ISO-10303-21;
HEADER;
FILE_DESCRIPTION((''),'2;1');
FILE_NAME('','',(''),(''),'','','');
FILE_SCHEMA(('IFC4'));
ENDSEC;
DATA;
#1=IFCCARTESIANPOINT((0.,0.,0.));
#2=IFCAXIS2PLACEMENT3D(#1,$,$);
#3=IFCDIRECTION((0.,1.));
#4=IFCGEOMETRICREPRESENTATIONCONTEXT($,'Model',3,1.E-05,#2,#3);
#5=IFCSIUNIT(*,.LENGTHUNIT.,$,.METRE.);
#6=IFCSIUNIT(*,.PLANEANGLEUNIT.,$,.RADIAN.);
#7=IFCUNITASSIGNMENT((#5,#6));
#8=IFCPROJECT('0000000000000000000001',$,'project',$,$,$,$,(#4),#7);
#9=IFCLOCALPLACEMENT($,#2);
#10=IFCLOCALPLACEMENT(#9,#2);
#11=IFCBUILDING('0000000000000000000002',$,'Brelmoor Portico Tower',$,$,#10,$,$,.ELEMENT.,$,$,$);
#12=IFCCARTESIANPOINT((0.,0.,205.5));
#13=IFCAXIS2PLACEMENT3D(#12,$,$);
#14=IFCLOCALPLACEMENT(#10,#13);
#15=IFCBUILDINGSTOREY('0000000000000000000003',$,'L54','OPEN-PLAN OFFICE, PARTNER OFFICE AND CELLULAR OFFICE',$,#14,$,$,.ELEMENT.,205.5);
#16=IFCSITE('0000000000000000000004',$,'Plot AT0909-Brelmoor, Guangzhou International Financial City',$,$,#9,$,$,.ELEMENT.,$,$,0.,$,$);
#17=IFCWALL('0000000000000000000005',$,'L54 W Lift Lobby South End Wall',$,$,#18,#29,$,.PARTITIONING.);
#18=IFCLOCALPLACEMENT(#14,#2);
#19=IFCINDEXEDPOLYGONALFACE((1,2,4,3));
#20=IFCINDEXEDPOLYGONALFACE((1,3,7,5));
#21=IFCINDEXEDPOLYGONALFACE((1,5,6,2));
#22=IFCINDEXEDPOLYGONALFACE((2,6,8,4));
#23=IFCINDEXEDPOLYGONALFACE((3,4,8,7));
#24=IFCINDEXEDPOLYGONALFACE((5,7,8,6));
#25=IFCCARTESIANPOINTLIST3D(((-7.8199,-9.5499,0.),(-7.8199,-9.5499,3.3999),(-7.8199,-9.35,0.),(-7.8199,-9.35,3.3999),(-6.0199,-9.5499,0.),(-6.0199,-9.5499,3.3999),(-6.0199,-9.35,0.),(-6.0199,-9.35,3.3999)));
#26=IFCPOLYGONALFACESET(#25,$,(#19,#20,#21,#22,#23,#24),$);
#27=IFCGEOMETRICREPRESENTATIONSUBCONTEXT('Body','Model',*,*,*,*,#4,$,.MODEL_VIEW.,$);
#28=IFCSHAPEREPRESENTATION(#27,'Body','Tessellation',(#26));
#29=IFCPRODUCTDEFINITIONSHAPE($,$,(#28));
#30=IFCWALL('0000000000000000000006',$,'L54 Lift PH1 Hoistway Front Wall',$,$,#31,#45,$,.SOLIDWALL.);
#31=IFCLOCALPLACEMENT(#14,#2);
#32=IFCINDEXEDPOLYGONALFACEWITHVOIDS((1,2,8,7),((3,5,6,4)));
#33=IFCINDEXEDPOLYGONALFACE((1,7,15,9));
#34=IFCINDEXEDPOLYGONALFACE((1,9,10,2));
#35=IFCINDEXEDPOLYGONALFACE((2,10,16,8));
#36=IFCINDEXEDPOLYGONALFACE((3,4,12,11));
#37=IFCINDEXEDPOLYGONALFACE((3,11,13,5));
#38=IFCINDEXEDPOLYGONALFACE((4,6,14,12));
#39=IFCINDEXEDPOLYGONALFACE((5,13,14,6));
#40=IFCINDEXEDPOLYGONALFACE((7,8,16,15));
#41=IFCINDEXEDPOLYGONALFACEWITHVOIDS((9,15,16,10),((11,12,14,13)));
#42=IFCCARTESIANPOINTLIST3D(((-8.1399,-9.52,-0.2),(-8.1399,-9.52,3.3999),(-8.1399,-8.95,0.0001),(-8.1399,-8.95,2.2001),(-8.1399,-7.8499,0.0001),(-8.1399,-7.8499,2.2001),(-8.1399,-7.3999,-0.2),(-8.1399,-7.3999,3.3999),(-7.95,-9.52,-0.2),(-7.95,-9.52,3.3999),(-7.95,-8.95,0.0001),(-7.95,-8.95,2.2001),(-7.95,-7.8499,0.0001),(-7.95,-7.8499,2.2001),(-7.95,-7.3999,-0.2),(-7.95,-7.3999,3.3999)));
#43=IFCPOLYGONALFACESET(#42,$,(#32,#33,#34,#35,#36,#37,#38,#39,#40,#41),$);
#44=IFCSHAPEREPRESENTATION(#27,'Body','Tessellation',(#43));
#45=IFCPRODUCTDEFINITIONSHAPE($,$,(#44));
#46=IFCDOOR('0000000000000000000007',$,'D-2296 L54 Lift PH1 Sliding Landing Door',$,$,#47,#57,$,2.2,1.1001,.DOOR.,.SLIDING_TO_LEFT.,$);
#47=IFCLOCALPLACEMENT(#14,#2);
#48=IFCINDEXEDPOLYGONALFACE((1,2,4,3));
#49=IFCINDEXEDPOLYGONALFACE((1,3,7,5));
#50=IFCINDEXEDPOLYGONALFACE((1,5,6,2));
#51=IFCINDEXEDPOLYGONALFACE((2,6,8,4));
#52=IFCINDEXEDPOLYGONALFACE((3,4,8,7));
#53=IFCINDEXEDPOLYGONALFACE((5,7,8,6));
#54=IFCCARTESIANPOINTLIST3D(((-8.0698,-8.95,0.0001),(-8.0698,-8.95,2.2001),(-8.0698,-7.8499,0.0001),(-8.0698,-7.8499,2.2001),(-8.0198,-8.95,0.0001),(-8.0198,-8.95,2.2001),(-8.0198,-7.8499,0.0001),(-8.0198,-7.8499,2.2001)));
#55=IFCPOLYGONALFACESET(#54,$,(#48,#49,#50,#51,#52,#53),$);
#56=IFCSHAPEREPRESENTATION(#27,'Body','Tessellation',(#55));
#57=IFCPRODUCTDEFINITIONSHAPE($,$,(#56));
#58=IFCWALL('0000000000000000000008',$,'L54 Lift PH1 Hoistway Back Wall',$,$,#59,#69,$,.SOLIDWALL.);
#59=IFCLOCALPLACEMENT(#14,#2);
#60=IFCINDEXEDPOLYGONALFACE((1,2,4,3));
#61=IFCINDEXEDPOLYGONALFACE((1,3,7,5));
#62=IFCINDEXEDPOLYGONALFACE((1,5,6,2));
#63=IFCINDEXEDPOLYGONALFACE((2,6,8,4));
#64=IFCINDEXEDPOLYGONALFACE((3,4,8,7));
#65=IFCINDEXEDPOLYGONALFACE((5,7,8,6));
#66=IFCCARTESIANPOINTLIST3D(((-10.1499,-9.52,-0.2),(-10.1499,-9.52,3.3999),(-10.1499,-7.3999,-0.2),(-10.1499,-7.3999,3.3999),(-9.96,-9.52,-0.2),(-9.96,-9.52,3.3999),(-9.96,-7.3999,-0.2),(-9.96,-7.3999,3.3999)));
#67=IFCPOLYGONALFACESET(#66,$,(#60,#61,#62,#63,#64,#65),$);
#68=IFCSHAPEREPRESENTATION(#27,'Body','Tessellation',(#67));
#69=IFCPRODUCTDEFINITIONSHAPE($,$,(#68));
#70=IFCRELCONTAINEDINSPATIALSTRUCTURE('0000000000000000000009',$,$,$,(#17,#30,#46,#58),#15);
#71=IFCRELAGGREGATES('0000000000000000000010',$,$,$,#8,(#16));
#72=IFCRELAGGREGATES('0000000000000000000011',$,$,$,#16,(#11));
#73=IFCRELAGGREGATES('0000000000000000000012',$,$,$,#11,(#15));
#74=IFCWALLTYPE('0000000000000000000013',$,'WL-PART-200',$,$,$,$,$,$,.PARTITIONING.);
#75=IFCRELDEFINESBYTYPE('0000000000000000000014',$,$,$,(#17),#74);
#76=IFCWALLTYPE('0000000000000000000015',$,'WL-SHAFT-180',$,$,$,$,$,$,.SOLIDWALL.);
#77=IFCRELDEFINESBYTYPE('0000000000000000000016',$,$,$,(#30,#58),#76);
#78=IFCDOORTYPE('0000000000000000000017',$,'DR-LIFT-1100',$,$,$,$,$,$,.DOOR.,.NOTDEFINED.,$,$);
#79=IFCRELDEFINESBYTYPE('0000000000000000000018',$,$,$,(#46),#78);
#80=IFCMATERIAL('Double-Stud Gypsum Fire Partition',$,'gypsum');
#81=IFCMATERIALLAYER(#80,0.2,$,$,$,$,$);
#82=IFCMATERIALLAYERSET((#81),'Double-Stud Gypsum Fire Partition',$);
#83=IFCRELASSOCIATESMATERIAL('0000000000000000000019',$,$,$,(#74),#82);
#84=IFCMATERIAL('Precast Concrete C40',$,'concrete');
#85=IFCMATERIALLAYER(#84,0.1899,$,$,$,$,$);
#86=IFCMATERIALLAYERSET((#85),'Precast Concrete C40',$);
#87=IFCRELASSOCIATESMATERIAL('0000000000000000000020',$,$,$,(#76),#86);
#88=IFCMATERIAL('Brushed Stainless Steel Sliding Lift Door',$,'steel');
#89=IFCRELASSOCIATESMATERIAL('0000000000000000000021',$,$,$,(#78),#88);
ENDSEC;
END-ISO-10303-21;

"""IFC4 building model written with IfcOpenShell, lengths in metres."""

from ifc_helpers import new_model, si_unit, direction, frame, frame_2d, origin, place, context, subcontext, project, spatial, rectangle, extrude, material, layer, layer_set, type_object, element, fill, save


model = new_model("IFC4")

# Units and contexts
model_context = context("Model", 3, precision=1e-05, world=origin(), true_north=direction((0.0, 1.0)))
body_context = subcontext(model_context, "Body", "Model", "MODEL_VIEW")
ifc_project = project(units=[si_unit("LENGTHUNIT", "METRE"), si_unit("PLANEANGLEUNIT", "RADIAN")], contexts=[model_context])

# Site, building, storey
site_placement = place(None, origin())
site = spatial("IfcSite", under=ifc_project, at=site_placement, Name="Plot AT0909-Brelmoor, Guangzhou International Financial City", CompositionType="ELEMENT", RefElevation=0.0)
building_placement = place(site_placement, origin())
building = spatial("IfcBuilding", under=site, at=building_placement, Name="Brelmoor Portico Tower", CompositionType="ELEMENT")
storey_placement = place(building_placement, frame((0.0, 0.0, 205.5)))
storey = spatial("IfcBuildingStorey", under=building, at=storey_placement, Name="L54", Description="OPEN-PLAN OFFICE, PARTNER OFFICE AND CELLULAR OFFICE", CompositionType="ELEMENT", Elevation=205.5)

# Wall
ifc_material_1 = material(Name="Double-Stud Gypsum Fire Partition", Category="gypsum")
ifc_layer_1 = layer(ifc_material_1, 0.2)
ifc_layer_set_1 = layer_set([ifc_layer_1], Name="Double-Stud Gypsum Fire Partition")
wall_type_1 = type_object("IfcWallType", Name="WL-PART-200", PredefinedType="PARTITIONING", material=ifc_layer_set_1)
wall_1_placement = place(storey_placement, frame((-6.02, -9.45, 0.0), z_axis=(0.0, 0.0, 1.0), x_axis=(-1.0, 0.0, 0.0)))
element("IfcWall", 1, at=wall_1_placement, inside=storey, type_object=wall_type_1, Name="L54 W Lift Lobby South End Wall", PredefinedType="PARTITIONING", context=body_context, shape_type="SweptSolid", body=[
    extrude(rectangle(XDim=1.8, YDim=0.2, at=frame_2d((0.8999, 0.0))), origin(), (0.0, 0.0, 1.0), 3.3999),
])

# Wall, opening, door
ifc_material_2 = material(Name="Precast Concrete C40", Category="concrete")
ifc_layer_2 = layer(ifc_material_2, 0.1899)
ifc_layer_set_2 = layer_set([ifc_layer_2], Name="Precast Concrete C40")
wall_type_2 = type_object("IfcWallType", Name="WL-SHAFT-180", PredefinedType="SOLIDWALL", material=ifc_layer_set_2)
wall_2_placement = place(storey_placement, frame((-8.0449, -9.52, -0.2), z_axis=(0.0, 0.0, 1.0), x_axis=(0.0, 1.0, 0.0)))
wall_2 = element("IfcWall", 2, at=wall_2_placement, inside=storey, type_object=wall_type_2, Name="L54 Lift PH1 Hoistway Front Wall", PredefinedType="SOLIDWALL", context=body_context, shape_type="SweptSolid", body=[
    extrude(rectangle(XDim=2.1201, YDim=0.1899, at=frame_2d((1.0601, 0.0))), origin(), (0.0, 0.0, 1.0), 3.5999),
])
opening_1_placement = place(wall_2_placement, frame((0.5701, 0.0, 0.2)))
opening_1 = element("IfcOpeningElement", 3, at=opening_1_placement, cuts=wall_2, PredefinedType="OPENING", context=body_context, shape_type="SweptSolid", body=[
    extrude(rectangle(XDim=1.1001, YDim=2.2, at=frame_2d((0.55, 1.1001))), frame((0.0, 0.105, 0.0), z_axis=(0.0, -1.0, 0.0), x_axis=(1.0, 0.0, 0.0)), (0.0, 0.0, 1.0), 0.21),
])
ifc_material_3 = material(Name="Brushed Stainless Steel Sliding Lift Door", Category="steel")
door_type_1 = type_object("IfcDoorType", Name="DR-LIFT-1100", OperationType="NOTDEFINED", PredefinedType="DOOR", material=ifc_material_3)
door_1_placement = place(opening_1_placement, origin())
door_1 = element("IfcDoor", 4, at=door_1_placement, inside=storey, type_object=door_type_1, Name="D-2296 L54 Lift PH1 Sliding Landing Door", OperationType="SLIDING_TO_LEFT", OverallHeight=2.2, OverallWidth=1.1001, PredefinedType="DOOR", context=body_context, shape_type="SweptSolid", body=[
    extrude(rectangle(XDim=1.1001, YDim=2.2, at=frame_2d((0.55, 1.1001))), frame((0.0, 0.0249, 0.0), z_axis=(0.0, -1.0, 0.0), x_axis=(1.0, 0.0, 0.0)), (0.0, 0.0, 1.0), 0.05),
])
fill(opening_1, door_1)

# Wall
wall_3_placement = place(storey_placement, frame((-10.0549, -9.52, -0.2), z_axis=(0.0, 0.0, 1.0), x_axis=(0.0, 1.0, 0.0)))
element("IfcWall", 5, at=wall_3_placement, inside=storey, type_object=wall_type_2, Name="L54 Lift PH1 Hoistway Back Wall", PredefinedType="SOLIDWALL", context=body_context, shape_type="SweptSolid", body=[
    extrude(rectangle(XDim=2.1201, YDim=0.1899, at=frame_2d((1.0601, 0.0))), origin(), (0.0, 0.0, 1.0), 3.5999),
])

save(model, "model.ifc")
